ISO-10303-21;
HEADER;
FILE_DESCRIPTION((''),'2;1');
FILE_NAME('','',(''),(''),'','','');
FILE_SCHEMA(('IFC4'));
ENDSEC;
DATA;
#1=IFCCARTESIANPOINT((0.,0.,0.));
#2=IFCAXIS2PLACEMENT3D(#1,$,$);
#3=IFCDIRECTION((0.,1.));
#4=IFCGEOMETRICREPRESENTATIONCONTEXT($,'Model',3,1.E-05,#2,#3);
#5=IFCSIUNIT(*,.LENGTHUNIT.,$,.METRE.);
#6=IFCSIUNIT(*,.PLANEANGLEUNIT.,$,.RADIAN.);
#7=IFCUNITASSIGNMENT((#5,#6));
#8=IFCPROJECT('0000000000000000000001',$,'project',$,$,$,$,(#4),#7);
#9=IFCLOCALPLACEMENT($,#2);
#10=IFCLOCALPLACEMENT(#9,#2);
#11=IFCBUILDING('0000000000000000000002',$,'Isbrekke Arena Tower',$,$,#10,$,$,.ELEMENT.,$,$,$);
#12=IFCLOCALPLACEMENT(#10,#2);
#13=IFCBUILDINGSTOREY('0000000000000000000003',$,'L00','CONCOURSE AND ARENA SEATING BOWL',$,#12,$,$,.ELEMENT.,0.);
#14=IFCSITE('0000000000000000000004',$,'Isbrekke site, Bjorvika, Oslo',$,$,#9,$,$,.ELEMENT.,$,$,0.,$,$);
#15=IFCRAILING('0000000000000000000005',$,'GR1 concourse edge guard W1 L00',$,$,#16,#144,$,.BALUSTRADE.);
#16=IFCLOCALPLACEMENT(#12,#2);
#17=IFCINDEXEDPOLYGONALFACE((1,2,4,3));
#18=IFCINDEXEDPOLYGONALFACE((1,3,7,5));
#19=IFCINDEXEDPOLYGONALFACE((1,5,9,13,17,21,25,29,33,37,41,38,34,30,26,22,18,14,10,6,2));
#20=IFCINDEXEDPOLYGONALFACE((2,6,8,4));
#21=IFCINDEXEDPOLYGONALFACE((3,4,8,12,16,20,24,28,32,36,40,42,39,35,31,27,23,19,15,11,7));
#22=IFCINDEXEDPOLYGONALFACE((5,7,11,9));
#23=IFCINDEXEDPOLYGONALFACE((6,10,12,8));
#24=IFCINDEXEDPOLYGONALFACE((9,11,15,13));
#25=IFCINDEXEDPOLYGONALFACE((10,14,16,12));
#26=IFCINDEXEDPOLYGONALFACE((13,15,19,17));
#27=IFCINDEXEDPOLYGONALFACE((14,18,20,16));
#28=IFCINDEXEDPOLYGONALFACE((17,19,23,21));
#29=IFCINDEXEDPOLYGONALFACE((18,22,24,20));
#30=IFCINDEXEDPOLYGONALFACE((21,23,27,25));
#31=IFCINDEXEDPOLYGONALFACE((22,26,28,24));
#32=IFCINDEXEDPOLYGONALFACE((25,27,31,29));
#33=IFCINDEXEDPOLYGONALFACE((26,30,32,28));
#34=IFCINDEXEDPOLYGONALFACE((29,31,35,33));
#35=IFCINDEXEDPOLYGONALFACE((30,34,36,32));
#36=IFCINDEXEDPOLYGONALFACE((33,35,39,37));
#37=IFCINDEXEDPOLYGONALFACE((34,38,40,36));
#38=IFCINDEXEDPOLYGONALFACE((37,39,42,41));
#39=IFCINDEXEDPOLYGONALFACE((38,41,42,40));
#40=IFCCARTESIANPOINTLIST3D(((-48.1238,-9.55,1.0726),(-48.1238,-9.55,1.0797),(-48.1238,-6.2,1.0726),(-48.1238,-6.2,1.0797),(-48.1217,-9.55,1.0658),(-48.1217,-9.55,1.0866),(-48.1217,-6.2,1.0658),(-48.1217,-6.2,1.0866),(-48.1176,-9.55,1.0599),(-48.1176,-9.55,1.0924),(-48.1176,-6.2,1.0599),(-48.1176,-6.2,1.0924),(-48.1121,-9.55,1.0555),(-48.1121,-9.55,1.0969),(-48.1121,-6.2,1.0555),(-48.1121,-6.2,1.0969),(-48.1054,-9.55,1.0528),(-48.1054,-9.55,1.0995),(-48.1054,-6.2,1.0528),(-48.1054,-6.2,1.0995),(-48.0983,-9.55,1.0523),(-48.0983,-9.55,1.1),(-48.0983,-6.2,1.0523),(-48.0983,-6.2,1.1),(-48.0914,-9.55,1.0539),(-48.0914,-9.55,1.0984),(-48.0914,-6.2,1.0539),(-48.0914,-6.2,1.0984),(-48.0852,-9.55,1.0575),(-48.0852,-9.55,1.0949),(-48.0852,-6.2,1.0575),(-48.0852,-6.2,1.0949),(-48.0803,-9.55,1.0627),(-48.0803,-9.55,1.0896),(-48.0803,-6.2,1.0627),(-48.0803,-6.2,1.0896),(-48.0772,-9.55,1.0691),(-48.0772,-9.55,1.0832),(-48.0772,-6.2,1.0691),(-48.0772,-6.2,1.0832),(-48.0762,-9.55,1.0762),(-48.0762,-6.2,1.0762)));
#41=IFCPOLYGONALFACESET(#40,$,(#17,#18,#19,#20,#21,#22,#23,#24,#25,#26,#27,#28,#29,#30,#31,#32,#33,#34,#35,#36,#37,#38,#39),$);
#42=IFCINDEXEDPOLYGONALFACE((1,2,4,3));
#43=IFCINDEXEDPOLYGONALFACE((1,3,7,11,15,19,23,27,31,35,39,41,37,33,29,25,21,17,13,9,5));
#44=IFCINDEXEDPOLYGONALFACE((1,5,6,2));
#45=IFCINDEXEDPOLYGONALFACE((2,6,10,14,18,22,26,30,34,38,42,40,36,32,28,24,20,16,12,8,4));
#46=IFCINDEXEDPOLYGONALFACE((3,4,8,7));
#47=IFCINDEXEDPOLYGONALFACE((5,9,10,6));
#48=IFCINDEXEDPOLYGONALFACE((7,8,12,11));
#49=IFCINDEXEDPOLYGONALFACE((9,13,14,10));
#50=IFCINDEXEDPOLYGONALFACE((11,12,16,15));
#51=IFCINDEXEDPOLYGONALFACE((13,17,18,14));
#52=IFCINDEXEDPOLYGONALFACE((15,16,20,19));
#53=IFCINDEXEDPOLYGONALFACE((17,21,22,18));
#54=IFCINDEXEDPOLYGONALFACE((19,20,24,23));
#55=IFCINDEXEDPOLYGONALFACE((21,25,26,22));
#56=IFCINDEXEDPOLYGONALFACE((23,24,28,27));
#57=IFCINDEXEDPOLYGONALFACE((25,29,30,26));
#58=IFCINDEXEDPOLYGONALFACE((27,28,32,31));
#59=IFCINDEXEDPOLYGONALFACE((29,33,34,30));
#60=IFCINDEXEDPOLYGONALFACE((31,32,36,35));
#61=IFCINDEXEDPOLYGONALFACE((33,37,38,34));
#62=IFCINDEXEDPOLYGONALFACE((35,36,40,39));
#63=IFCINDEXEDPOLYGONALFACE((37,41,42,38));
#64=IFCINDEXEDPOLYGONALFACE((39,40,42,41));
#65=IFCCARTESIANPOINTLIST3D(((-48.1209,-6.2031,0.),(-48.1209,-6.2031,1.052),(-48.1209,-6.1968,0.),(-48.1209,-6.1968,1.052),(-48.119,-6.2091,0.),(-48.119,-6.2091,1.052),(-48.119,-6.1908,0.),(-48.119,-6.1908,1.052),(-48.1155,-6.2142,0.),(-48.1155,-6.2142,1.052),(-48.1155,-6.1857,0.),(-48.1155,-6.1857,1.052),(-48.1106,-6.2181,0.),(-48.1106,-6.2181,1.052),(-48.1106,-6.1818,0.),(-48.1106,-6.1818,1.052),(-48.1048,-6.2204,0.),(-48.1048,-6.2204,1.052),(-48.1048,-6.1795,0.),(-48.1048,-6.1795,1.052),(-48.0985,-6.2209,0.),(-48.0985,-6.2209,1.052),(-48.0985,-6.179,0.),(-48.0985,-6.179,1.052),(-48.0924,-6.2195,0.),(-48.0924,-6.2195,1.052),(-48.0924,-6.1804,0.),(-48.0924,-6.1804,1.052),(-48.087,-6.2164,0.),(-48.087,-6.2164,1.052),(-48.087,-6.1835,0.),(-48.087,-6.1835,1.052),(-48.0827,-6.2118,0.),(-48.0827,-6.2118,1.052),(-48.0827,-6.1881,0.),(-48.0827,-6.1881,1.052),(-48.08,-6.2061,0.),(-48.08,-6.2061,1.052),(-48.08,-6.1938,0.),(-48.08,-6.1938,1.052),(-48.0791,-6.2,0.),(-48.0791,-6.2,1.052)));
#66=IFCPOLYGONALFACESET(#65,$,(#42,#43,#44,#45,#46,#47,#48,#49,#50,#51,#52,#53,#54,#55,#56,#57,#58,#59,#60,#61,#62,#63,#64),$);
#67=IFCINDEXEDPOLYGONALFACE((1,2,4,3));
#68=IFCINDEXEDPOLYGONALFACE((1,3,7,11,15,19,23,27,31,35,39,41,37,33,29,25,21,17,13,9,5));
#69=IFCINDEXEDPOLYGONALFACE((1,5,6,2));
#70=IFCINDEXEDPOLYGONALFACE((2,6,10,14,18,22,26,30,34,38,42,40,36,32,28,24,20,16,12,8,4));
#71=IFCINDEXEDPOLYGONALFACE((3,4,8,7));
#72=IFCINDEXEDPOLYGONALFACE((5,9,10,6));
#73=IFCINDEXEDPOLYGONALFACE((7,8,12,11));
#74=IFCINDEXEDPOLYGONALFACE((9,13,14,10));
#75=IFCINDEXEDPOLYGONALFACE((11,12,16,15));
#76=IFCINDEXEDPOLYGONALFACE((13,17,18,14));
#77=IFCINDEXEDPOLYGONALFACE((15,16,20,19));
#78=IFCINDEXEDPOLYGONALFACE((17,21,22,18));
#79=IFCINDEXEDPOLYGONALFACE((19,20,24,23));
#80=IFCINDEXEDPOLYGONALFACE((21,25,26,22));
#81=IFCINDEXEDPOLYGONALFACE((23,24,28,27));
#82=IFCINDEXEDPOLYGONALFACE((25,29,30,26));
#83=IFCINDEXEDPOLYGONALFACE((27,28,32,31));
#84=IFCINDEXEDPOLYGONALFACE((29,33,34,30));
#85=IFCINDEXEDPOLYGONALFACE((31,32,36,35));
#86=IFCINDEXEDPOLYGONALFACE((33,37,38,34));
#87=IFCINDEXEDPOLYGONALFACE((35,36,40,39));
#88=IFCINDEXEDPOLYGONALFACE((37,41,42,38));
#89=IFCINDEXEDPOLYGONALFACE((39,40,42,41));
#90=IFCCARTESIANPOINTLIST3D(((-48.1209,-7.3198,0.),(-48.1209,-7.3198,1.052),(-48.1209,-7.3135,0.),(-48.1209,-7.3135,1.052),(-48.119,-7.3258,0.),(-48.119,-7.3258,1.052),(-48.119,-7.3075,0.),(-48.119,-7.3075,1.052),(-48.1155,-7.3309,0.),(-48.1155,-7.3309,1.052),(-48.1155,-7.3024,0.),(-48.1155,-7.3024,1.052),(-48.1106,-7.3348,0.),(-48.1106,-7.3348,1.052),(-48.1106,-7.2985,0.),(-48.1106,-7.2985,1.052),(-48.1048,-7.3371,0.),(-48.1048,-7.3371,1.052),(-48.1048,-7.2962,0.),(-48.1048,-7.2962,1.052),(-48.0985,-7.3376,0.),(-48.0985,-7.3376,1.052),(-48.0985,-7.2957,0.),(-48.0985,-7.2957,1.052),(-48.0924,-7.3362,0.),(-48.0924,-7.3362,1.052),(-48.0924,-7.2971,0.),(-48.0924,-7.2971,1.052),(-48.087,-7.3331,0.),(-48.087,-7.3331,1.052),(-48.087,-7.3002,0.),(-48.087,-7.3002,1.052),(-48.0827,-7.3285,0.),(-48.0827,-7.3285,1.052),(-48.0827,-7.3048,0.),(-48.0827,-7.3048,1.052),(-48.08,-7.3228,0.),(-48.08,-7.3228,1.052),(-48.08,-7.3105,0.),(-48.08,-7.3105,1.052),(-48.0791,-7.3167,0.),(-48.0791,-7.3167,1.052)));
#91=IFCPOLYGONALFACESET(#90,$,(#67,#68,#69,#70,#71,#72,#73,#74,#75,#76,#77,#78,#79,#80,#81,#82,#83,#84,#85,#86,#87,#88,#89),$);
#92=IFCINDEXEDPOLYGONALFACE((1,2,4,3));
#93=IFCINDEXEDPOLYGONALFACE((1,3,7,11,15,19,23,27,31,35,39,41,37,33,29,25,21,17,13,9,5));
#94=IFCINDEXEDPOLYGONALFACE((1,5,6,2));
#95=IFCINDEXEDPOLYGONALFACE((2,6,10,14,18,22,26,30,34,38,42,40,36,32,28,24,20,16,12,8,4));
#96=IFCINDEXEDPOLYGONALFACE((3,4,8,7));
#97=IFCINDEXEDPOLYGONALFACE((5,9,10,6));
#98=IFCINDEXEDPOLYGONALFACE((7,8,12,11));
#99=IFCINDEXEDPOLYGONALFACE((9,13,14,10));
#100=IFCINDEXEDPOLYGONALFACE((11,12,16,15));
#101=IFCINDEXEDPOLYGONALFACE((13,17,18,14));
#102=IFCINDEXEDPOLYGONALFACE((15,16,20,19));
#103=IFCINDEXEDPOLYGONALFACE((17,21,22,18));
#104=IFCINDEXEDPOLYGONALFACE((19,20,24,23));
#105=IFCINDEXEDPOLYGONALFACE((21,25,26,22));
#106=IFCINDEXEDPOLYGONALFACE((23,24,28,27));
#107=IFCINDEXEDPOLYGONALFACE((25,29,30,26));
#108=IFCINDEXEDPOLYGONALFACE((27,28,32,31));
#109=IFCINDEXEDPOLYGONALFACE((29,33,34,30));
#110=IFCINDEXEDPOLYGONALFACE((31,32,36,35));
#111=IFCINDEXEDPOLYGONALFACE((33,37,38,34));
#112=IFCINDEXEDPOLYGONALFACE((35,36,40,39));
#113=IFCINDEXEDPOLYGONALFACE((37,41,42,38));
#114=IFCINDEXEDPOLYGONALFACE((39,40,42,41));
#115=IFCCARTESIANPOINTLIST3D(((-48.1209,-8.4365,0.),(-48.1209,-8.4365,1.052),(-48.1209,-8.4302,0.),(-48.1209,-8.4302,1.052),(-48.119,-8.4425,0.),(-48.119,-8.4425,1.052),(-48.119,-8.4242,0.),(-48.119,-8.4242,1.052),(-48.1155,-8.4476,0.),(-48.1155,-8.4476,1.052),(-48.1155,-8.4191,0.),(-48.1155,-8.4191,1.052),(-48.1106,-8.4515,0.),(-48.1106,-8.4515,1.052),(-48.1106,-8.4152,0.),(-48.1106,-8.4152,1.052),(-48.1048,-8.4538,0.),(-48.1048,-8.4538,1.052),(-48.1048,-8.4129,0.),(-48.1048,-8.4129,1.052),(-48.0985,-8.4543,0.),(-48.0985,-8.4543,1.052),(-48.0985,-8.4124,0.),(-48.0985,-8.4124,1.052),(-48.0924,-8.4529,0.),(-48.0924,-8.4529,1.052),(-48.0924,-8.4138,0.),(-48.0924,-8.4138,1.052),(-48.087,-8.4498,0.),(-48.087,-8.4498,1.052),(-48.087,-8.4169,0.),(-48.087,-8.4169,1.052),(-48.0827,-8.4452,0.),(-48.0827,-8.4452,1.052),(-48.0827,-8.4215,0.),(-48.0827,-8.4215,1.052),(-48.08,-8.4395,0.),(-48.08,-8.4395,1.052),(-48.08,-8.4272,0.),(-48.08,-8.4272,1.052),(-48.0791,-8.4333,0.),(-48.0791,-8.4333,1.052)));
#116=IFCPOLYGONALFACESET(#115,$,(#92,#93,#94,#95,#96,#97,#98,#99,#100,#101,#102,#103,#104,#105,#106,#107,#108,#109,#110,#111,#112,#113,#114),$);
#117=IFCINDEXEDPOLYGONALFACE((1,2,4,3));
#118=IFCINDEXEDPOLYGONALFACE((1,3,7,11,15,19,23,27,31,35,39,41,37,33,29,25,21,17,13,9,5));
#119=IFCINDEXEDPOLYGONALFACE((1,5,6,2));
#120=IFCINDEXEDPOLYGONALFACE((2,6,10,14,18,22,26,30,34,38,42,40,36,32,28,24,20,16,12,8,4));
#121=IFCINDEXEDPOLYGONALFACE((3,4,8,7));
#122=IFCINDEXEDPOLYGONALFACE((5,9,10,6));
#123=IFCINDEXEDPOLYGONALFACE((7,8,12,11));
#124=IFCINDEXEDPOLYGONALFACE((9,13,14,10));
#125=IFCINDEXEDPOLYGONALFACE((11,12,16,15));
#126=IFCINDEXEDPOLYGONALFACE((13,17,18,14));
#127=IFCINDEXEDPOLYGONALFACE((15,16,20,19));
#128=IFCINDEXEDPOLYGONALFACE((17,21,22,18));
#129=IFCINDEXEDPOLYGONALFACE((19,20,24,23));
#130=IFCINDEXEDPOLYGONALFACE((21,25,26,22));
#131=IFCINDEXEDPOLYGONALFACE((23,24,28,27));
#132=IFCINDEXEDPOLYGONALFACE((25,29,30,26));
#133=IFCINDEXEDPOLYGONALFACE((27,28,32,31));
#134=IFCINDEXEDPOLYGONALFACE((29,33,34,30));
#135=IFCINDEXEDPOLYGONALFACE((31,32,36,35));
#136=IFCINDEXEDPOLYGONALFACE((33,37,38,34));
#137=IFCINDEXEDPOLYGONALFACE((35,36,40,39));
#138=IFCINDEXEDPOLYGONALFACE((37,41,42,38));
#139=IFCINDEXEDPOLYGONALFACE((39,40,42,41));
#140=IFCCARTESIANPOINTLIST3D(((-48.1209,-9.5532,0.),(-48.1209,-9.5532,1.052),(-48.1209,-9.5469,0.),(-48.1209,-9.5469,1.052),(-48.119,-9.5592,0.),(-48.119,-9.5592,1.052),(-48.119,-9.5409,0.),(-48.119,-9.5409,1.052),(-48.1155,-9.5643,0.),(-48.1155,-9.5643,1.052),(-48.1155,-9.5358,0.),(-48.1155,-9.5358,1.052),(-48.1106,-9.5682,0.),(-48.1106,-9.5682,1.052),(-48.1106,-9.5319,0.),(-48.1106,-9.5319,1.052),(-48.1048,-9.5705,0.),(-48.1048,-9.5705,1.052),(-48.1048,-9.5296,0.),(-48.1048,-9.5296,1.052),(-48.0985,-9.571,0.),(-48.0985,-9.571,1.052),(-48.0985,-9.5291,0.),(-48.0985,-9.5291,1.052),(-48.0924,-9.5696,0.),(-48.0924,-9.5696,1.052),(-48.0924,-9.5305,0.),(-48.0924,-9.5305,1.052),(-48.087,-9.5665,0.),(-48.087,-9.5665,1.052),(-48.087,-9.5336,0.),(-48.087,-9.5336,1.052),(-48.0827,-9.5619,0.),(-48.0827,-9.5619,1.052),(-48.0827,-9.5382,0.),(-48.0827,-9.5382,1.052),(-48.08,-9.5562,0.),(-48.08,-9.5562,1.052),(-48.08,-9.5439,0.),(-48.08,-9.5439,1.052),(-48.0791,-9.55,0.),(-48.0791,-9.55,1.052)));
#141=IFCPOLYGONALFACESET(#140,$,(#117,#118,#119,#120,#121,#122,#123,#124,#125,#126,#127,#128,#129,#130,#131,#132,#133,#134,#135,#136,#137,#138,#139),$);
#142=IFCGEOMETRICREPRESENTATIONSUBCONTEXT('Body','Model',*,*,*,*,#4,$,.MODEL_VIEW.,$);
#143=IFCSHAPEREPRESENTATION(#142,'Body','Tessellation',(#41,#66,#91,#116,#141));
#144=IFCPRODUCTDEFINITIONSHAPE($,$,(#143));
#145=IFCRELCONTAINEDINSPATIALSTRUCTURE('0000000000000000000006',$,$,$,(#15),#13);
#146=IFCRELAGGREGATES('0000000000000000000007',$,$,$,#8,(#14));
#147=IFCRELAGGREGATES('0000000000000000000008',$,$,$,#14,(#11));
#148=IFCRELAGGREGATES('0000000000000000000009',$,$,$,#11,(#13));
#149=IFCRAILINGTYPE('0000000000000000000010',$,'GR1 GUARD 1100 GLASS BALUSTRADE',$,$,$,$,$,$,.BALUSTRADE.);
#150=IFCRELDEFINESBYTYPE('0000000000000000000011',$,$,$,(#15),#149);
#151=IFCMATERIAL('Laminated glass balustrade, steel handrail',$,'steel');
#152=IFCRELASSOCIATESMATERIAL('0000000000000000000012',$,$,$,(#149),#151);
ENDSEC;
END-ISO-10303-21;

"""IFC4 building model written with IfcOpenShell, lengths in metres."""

from ifc_helpers import new_model, si_unit, direction, frame, origin, origin_2d, place, context, subcontext, project, spatial, circle, extrude, material, type_object, element, save


model = new_model("IFC4")

# Units and contexts
model_context = context("Model", 3, precision=1e-05, world=origin(), true_north=direction((0.0, 1.0)))
body_context = subcontext(model_context, "Body", "Model", "MODEL_VIEW")
ifc_project = project(units=[si_unit("LENGTHUNIT", "METRE"), si_unit("PLANEANGLEUNIT", "RADIAN")], contexts=[model_context])

# Site, building, storey
site_placement = place(None, origin())
site = spatial("IfcSite", under=ifc_project, at=site_placement, Name="Isbrekke site, Bjorvika, Oslo", CompositionType="ELEMENT", RefElevation=0.0)
building_placement = place(site_placement, origin())
building = spatial("IfcBuilding", under=site, at=building_placement, Name="Isbrekke Arena Tower", CompositionType="ELEMENT")
storey_placement = place(building_placement, origin())
storey = spatial("IfcBuildingStorey", under=building, at=storey_placement, Name="L00", Description="CONCOURSE AND ARENA SEATING BOWL", CompositionType="ELEMENT", Elevation=0.0)

# Railing
ifc_material_1 = material(Name="Laminated glass balustrade, steel handrail", Category="steel")
railing_type_1 = type_object("IfcRailingType", Name="GR1 GUARD 1100 GLASS BALUSTRADE", PredefinedType="BALUSTRADE", material=ifc_material_1)
railing_1_placement = place(storey_placement, frame((-48.1001, -6.2, 0.0)))
element("IfcRailing", 1, at=railing_1_placement, inside=storey, type_object=railing_type_1, Name="GR1 concourse edge guard W1 L00", PredefinedType="BALUSTRADE", context=body_context, shape_type="SweptSolid", body=[
    extrude(circle(Radius=0.0239, at=origin_2d()), frame((0.0, 0.0, 1.0762), z_axis=(0.0, -1.0, 0.0), x_axis=(1.0, 0.0, 0.0)), (0.0, 0.0, 1.0), 3.3501),
    extrude(circle(Radius=0.021, at=origin_2d()), origin(), (0.0, 0.0, 1.0), 1.052),
    extrude(circle(Radius=0.021, at=origin_2d()), frame((0.0, -1.1167, 0.0)), (0.0, 0.0, 1.0), 1.052),
    extrude(circle(Radius=0.021, at=origin_2d()), frame((0.0, -2.2334, 0.0)), (0.0, 0.0, 1.0), 1.052),
    extrude(circle(Radius=0.021, at=origin_2d()), frame((0.0, -3.3501, 0.0)), (0.0, 0.0, 1.0), 1.052),
])

save(model, "model.ifc")
